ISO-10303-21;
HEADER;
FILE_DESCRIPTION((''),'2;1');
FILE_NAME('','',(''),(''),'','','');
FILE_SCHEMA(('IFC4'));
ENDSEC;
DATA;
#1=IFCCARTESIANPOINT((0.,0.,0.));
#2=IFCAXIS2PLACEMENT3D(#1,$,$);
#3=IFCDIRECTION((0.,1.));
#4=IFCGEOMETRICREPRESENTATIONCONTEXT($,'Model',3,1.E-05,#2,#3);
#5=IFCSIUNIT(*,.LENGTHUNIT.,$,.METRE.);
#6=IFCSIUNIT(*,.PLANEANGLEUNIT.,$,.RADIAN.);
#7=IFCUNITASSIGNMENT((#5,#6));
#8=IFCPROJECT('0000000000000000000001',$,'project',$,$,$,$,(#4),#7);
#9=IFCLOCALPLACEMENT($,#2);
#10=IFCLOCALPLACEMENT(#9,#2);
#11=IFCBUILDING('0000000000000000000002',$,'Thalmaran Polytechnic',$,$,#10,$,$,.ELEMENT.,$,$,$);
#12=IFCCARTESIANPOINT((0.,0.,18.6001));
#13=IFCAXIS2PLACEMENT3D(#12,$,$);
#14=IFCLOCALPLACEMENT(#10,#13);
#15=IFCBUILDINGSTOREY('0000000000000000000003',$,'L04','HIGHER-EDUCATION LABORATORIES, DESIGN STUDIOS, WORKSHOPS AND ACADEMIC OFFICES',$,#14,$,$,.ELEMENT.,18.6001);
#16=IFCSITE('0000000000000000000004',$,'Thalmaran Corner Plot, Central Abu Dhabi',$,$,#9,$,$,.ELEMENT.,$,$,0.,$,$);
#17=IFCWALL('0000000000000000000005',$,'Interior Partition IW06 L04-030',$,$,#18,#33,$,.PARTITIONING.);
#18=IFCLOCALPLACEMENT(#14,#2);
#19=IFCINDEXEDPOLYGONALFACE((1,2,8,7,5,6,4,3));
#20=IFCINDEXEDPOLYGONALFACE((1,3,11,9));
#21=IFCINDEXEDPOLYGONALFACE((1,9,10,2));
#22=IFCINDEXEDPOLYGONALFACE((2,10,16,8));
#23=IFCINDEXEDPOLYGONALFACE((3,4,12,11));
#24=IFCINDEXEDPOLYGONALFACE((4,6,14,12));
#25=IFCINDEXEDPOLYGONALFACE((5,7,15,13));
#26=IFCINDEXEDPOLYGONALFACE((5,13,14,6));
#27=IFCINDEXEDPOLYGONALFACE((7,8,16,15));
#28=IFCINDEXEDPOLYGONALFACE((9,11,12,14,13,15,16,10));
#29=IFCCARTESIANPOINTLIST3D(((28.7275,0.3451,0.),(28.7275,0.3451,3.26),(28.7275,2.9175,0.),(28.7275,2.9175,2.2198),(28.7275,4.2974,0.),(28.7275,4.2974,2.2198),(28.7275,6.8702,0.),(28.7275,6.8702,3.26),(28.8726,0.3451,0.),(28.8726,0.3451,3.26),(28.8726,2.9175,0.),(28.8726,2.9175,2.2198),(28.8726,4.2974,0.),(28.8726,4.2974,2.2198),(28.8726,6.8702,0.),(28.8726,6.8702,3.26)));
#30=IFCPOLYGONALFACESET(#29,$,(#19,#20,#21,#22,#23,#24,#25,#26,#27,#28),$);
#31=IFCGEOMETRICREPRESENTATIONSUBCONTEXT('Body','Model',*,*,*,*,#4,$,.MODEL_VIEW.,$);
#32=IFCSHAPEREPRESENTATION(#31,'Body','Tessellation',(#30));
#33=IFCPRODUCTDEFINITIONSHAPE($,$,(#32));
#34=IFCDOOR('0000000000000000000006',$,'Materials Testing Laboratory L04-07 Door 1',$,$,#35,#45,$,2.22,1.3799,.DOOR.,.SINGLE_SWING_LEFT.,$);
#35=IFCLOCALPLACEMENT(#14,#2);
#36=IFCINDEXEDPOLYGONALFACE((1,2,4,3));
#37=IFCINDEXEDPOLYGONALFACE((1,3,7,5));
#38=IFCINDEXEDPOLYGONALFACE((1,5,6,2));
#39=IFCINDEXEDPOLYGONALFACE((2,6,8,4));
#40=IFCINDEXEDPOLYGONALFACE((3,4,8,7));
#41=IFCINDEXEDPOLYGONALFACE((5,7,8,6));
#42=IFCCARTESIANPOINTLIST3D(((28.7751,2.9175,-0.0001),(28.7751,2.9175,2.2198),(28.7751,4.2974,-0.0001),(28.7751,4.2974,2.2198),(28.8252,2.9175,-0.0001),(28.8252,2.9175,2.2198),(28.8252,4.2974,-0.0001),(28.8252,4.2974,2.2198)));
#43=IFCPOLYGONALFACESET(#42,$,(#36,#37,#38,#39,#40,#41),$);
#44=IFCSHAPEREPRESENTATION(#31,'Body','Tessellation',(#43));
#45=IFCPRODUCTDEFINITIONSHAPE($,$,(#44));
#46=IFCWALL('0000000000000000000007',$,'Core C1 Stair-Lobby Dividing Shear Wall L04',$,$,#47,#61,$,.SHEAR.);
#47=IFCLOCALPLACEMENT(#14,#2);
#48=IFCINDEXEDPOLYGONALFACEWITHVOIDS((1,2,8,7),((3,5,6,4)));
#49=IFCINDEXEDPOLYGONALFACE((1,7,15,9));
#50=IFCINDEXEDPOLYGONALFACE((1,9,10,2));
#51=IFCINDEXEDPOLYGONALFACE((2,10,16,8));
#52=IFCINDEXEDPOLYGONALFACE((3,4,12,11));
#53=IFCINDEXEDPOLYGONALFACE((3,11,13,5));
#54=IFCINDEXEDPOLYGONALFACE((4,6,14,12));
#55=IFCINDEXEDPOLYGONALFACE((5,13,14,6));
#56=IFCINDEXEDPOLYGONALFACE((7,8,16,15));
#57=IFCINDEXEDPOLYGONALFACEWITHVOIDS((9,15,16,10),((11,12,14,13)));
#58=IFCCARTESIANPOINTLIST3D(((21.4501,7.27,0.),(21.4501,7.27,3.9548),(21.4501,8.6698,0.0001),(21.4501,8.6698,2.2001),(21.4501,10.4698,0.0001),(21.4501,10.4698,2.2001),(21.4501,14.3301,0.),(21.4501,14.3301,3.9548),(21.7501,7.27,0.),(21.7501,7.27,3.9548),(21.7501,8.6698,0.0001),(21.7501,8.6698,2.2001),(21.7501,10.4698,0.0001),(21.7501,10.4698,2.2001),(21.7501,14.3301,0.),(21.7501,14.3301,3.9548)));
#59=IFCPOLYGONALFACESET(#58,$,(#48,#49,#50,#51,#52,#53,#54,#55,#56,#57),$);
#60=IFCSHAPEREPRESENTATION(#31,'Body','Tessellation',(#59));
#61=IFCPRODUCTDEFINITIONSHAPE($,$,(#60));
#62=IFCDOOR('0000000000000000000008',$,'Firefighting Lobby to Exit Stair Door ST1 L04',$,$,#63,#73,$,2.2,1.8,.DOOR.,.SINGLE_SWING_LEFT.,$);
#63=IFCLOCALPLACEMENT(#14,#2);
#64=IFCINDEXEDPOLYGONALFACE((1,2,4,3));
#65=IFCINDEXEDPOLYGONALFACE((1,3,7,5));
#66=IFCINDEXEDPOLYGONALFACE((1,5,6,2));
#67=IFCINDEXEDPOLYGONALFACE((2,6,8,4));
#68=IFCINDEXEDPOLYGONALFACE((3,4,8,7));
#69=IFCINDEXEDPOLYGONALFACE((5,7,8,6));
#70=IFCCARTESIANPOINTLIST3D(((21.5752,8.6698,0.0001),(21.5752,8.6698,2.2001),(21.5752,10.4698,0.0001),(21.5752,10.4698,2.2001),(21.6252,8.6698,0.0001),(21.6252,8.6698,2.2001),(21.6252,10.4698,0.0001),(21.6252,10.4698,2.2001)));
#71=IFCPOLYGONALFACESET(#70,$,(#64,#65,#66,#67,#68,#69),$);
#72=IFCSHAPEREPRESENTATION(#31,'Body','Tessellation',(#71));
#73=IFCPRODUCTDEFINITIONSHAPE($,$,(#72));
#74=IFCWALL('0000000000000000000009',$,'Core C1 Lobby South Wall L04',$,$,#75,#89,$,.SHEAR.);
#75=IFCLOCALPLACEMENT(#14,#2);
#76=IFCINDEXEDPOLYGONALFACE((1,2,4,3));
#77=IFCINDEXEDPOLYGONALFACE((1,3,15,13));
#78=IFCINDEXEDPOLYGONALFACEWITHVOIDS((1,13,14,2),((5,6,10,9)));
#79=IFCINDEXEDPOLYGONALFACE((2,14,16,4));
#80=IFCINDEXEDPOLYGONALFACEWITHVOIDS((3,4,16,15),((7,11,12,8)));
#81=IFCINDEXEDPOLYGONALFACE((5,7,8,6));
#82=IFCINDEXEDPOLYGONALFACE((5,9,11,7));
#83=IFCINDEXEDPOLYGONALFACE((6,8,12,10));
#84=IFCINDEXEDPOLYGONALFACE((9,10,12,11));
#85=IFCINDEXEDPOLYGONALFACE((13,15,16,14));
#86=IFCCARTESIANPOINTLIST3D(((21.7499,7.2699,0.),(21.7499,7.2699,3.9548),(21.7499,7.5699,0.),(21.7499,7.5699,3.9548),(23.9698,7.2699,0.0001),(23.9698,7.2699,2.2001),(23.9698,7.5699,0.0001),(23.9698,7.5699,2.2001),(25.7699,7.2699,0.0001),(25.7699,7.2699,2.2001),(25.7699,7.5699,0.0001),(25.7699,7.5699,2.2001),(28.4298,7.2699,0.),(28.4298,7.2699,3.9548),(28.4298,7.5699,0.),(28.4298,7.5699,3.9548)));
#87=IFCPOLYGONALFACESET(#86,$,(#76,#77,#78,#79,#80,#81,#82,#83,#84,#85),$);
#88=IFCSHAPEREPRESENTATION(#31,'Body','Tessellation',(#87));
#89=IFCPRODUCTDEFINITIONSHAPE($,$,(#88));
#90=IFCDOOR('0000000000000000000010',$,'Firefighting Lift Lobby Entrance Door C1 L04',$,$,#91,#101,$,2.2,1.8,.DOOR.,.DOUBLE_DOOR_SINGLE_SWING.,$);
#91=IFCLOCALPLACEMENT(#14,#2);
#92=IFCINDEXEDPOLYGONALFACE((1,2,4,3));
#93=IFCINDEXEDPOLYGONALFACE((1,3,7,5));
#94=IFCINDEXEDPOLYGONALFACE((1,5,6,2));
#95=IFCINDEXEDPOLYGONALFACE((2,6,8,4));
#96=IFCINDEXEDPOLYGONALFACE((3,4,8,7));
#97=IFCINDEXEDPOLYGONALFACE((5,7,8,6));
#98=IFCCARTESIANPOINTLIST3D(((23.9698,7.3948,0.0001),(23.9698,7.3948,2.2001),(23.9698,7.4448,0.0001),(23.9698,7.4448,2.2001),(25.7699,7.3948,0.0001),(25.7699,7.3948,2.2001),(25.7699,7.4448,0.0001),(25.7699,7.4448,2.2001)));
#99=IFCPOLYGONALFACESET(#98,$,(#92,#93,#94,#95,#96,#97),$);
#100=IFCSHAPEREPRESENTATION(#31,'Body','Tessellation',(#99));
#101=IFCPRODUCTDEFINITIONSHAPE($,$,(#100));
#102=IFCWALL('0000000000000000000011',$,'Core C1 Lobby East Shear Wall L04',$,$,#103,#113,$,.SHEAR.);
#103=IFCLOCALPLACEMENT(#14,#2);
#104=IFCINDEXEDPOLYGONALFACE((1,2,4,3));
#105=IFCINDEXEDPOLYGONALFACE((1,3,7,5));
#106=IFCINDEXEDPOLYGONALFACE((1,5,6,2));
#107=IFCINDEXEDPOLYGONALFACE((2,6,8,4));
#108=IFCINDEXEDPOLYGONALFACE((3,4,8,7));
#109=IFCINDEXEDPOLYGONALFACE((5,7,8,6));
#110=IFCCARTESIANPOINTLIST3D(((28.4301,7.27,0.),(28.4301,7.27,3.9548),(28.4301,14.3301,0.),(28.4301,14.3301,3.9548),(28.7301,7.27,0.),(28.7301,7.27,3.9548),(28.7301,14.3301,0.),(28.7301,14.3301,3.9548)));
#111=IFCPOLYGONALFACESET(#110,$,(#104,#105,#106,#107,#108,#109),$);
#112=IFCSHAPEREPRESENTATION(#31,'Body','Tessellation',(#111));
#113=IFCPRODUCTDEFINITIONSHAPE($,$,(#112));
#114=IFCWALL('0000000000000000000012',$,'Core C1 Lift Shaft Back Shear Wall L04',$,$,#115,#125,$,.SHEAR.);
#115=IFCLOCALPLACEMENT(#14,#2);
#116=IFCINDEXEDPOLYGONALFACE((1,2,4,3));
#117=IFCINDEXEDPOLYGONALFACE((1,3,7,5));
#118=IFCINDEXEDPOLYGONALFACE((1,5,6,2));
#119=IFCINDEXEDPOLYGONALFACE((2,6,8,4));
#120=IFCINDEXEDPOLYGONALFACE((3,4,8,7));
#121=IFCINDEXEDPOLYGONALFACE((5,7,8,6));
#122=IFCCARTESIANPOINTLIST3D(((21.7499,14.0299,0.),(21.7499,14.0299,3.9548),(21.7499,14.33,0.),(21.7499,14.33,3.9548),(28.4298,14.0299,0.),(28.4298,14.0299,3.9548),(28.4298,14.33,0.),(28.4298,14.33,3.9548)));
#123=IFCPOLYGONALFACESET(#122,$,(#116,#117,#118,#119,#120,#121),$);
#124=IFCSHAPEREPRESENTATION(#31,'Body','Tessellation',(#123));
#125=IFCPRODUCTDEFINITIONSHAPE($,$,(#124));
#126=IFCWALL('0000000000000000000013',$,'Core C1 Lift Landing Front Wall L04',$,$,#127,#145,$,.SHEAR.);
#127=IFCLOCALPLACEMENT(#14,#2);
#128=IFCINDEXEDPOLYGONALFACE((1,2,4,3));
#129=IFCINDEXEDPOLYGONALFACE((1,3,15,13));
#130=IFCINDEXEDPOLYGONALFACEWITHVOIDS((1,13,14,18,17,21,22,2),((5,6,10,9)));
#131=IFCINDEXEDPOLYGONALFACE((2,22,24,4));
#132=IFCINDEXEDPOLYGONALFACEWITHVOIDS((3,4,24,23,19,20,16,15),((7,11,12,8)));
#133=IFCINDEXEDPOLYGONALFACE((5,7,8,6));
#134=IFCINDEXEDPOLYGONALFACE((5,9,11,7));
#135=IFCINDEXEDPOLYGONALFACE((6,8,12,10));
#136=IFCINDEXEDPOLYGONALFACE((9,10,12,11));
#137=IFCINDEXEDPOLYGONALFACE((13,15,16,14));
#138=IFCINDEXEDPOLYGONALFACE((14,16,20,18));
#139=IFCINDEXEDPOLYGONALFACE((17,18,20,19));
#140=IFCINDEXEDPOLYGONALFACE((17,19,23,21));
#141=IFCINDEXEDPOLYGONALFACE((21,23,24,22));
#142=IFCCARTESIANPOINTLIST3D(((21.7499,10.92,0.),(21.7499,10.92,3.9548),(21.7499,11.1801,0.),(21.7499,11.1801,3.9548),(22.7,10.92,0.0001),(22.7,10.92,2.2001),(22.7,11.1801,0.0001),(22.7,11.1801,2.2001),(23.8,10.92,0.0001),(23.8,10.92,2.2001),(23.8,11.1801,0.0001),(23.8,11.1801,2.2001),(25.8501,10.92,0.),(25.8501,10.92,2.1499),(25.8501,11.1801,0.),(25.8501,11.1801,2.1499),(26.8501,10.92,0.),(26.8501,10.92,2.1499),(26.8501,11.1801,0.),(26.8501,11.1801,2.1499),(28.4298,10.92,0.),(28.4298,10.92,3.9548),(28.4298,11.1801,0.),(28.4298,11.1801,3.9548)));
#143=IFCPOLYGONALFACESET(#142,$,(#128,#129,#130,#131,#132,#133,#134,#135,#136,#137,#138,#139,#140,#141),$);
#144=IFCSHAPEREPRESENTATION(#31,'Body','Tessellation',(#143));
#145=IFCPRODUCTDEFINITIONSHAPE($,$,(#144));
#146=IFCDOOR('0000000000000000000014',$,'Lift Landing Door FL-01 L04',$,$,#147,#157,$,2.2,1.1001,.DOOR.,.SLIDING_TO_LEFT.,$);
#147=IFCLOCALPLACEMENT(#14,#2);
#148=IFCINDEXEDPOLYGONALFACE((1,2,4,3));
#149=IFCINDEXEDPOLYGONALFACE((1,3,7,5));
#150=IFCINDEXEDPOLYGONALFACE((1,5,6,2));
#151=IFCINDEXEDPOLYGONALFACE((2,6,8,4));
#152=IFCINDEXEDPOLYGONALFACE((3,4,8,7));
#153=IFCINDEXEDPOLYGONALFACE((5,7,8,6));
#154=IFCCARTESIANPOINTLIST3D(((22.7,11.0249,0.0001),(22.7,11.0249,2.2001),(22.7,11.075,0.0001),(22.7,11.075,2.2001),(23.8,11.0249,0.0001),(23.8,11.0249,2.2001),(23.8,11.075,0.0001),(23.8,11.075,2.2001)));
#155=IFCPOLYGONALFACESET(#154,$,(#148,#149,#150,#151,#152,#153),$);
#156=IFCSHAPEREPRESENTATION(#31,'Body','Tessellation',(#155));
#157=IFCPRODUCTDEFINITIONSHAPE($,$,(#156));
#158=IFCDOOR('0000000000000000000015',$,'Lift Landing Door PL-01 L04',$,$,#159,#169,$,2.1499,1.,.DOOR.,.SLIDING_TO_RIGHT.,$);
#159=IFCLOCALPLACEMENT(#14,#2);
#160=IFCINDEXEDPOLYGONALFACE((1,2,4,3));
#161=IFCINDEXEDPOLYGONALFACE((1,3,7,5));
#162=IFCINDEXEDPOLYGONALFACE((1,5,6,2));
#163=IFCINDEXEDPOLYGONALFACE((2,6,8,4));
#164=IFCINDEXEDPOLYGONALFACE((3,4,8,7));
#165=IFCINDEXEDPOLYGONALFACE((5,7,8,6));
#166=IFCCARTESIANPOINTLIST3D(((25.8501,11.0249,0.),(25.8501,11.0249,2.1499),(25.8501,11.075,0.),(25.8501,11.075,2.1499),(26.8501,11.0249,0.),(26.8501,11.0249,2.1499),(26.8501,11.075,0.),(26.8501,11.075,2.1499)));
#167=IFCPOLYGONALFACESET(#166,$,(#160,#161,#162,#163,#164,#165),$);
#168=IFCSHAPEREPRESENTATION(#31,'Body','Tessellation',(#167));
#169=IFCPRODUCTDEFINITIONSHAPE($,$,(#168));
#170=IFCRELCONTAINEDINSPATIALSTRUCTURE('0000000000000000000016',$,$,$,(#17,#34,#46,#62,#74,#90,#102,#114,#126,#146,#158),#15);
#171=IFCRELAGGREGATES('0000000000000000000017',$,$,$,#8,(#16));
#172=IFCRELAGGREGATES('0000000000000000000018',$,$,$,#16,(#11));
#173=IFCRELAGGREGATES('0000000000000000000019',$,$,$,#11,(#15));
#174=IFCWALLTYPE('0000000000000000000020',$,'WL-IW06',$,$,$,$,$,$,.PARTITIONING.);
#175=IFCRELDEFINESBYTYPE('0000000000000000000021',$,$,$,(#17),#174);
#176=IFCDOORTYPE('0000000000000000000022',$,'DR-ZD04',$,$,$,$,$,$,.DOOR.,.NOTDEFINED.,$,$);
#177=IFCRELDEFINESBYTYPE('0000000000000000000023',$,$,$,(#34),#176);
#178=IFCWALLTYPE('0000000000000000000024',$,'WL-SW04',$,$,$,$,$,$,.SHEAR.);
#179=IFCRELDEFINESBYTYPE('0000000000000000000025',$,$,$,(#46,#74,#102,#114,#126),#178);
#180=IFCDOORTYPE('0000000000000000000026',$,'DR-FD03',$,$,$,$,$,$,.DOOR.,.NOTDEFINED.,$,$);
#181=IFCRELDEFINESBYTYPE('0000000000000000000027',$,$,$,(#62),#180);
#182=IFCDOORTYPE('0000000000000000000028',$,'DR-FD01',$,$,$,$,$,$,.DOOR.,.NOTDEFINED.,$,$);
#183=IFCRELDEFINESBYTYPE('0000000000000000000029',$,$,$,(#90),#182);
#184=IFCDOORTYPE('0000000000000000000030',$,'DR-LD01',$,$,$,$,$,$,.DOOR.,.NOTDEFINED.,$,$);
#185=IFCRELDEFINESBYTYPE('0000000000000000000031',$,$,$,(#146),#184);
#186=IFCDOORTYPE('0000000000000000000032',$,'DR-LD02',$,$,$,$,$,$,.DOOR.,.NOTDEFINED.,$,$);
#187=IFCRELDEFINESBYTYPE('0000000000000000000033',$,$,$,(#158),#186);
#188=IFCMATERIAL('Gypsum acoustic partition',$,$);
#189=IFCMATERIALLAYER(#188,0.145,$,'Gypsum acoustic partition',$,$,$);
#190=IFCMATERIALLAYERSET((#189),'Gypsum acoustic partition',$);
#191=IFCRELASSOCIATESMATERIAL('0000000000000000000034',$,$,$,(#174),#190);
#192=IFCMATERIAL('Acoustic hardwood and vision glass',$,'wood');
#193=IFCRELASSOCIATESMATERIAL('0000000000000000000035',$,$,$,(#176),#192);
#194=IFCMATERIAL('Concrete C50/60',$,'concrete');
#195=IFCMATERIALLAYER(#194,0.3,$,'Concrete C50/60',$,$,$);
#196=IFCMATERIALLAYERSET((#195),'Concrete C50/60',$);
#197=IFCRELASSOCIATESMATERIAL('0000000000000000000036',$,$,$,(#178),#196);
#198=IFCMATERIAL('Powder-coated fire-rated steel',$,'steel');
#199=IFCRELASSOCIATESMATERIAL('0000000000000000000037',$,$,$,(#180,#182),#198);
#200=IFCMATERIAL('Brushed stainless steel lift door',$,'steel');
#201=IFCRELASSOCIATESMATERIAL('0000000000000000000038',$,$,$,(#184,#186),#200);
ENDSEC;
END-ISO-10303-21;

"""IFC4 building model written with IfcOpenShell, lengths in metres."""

from ifc_helpers import new_model, si_unit, direction, frame, frame_2d, origin, place, context, subcontext, project, spatial, rectangle, extrude, material, layer, layer_set, type_object, element, fill, save


model = new_model("IFC4")

# Units and contexts
model_context = context("Model", 3, precision=1e-05, world=origin(), true_north=direction((0.0, 1.0)))
body_context = subcontext(model_context, "Body", "Model", "MODEL_VIEW")
ifc_project = project(units=[si_unit("LENGTHUNIT", "METRE"), si_unit("PLANEANGLEUNIT", "RADIAN")], contexts=[model_context])

# Site, building, storey
site_placement = place(None, origin())
site = spatial("IfcSite", under=ifc_project, at=site_placement, Name="Thalmaran Corner Plot, Central Abu Dhabi", CompositionType="ELEMENT", RefElevation=0.0)
building_placement = place(site_placement, origin())
building = spatial("IfcBuilding", under=site, at=building_placement, Name="Thalmaran Polytechnic", CompositionType="ELEMENT")
storey_placement = place(building_placement, frame((0.0, 0.0, 18.6001)))
storey = spatial("IfcBuildingStorey", under=building, at=storey_placement, Name="L04", Description="HIGHER-EDUCATION LABORATORIES, DESIGN STUDIOS, WORKSHOPS AND ACADEMIC OFFICES", CompositionType="ELEMENT", Elevation=18.6001)

# Walls, openings, doors
ifc_material_1 = material(Name="Gypsum acoustic partition")
ifc_layer_1 = layer(ifc_material_1, 0.145, Name="Gypsum acoustic partition")
ifc_layer_set_1 = layer_set([ifc_layer_1], Name="Gypsum acoustic partition")
wall_type_1 = type_object("IfcWallType", Name="WL-IW06", PredefinedType="PARTITIONING", material=ifc_layer_set_1)
wall_1_placement = place(storey_placement, frame((28.8, 0.345, 0.0), z_axis=(0.0, 0.0, 1.0), x_axis=(0.0, 1.0, 0.0)))
wall_1 = element("IfcWall", 1, at=wall_1_placement, inside=storey, type_object=wall_type_1, Name="Interior Partition IW06 L04-030", PredefinedType="PARTITIONING", context=body_context, shape_type="SweptSolid", body=[
    extrude(rectangle(XDim=6.5251, YDim=0.145, at=frame_2d((3.2627, 0.0))), origin(), (0.0, 0.0, 1.0), 3.26),
])
opening_1_placement = place(wall_1_placement, frame((2.5725, 0.0, 0.0)))
opening_1 = element("IfcOpeningElement", 2, at=opening_1_placement, cuts=wall_1, PredefinedType="OPENING", context=body_context, shape_type="SweptSolid", body=[
    extrude(rectangle(XDim=1.3799, YDim=2.22, at=frame_2d((0.6899, 1.1099))), frame((0.0, 0.0825, 0.0), z_axis=(0.0, -1.0, 0.0), x_axis=(1.0, 0.0, 0.0)), (0.0, 0.0, 1.0), 0.165),
])
ifc_material_2 = material(Name="Acoustic hardwood and vision glass", Category="wood")
door_type_1 = type_object("IfcDoorType", Name="DR-ZD04", OperationType="NOTDEFINED", PredefinedType="DOOR", material=ifc_material_2)
door_1_placement = place(opening_1_placement, origin())
door_1 = element("IfcDoor", 3, at=door_1_placement, inside=storey, type_object=door_type_1, Name="Materials Testing Laboratory L04-07 Door 1", OperationType="SINGLE_SWING_LEFT", OverallHeight=2.22, OverallWidth=1.3799, PredefinedType="DOOR", context=body_context, shape_type="SweptSolid", body=[
    extrude(rectangle(XDim=1.3799, YDim=2.22, at=frame_2d((0.6899, 1.1099))), frame((0.0, 0.0249, 0.0), z_axis=(0.0, -1.0, 0.0), x_axis=(1.0, 0.0, 0.0)), (0.0, 0.0, 1.0), 0.05),
])
fill(opening_1, door_1)
ifc_material_3 = material(Name="Concrete C50/60", Category="concrete")
ifc_layer_2 = layer(ifc_material_3, 0.3, Name="Concrete C50/60")
ifc_layer_set_2 = layer_set([ifc_layer_2], Name="Concrete C50/60")
wall_type_2 = type_object("IfcWallType", Name="WL-SW04", PredefinedType="SHEAR", material=ifc_layer_set_2)
wall_2_placement = place(storey_placement, frame((21.6001, 7.27, 0.0), z_axis=(0.0, 0.0, 1.0), x_axis=(0.0, 1.0, 0.0)))
wall_2 = element("IfcWall", 4, at=wall_2_placement, inside=storey, type_object=wall_type_2, Name="Core C1 Stair-Lobby Dividing Shear Wall L04", PredefinedType="SHEAR", context=body_context, shape_type="SweptSolid", body=[
    extrude(rectangle(XDim=7.0601, YDim=0.3, at=frame_2d((3.53, 0.0))), origin(), (0.0, 0.0, 1.0), 3.9548),
])
opening_2_placement = place(wall_2_placement, frame((1.3999, 0.0, 0.0)))
opening_2 = element("IfcOpeningElement", 5, at=opening_2_placement, cuts=wall_2, PredefinedType="OPENING", context=body_context, shape_type="SweptSolid", body=[
    extrude(rectangle(XDim=1.8, YDim=2.2, at=frame_2d((0.8999, 1.1001))), frame((0.0, 0.1599, 0.0), z_axis=(0.0, -1.0, 0.0), x_axis=(1.0, 0.0, 0.0)), (0.0, 0.0, 1.0), 0.3201),
])
ifc_material_4 = material(Name="Powder-coated fire-rated steel", Category="steel")
door_type_2 = type_object("IfcDoorType", Name="DR-FD03", OperationType="NOTDEFINED", PredefinedType="DOOR", material=ifc_material_4)
door_2_placement = place(opening_2_placement, origin())
door_2 = element("IfcDoor", 6, at=door_2_placement, inside=storey, type_object=door_type_2, Name="Firefighting Lobby to Exit Stair Door ST1 L04", OperationType="SINGLE_SWING_LEFT", OverallHeight=2.2, OverallWidth=1.8, PredefinedType="DOOR", context=body_context, shape_type="SweptSolid", body=[
    extrude(rectangle(XDim=1.8, YDim=2.2, at=frame_2d((0.8999, 1.1001))), frame((0.0, 0.0249, 0.0), z_axis=(0.0, -1.0, 0.0), x_axis=(1.0, 0.0, 0.0)), (0.0, 0.0, 1.0), 0.05),
])
fill(opening_2, door_2)
wall_3_placement = place(storey_placement, frame((21.75, 7.4199, 0.0), z_axis=(0.0, 0.0, 1.0), x_axis=(1.0, 0.0, 0.0)))
wall_3 = element("IfcWall", 7, at=wall_3_placement, inside=storey, type_object=wall_type_2, Name="Core C1 Lobby South Wall L04", PredefinedType="SHEAR", context=body_context, shape_type="SweptSolid", body=[
    extrude(rectangle(XDim=6.6799, YDim=0.3, at=frame_2d((3.3398, 0.0))), origin(), (0.0, 0.0, 1.0), 3.9548),
])
opening_3_placement = place(wall_3_placement, frame((2.22, 0.0, 0.0)))
opening_3 = element("IfcOpeningElement", 8, at=opening_3_placement, cuts=wall_3, PredefinedType="OPENING", context=body_context, shape_type="SweptSolid", body=[
    extrude(rectangle(XDim=1.8, YDim=2.2, at=frame_2d((0.8999, 1.1001))), frame((0.0, 0.1599, 0.0), z_axis=(0.0, -1.0, 0.0), x_axis=(1.0, 0.0, 0.0)), (0.0, 0.0, 1.0), 0.3201),
])
door_type_3 = type_object("IfcDoorType", Name="DR-FD01", OperationType="NOTDEFINED", PredefinedType="DOOR", material=ifc_material_4)
door_3_placement = place(opening_3_placement, origin())
door_3 = element("IfcDoor", 9, at=door_3_placement, inside=storey, type_object=door_type_3, Name="Firefighting Lift Lobby Entrance Door C1 L04", OperationType="DOUBLE_DOOR_SINGLE_SWING", OverallHeight=2.2, OverallWidth=1.8, PredefinedType="DOOR", context=body_context, shape_type="SweptSolid", body=[
    extrude(rectangle(XDim=1.8, YDim=2.2, at=frame_2d((0.8999, 1.1001))), frame((0.0, 0.0249, 0.0), z_axis=(0.0, -1.0, 0.0), x_axis=(1.0, 0.0, 0.0)), (0.0, 0.0, 1.0), 0.05),
])
fill(opening_3, door_3)

# Walls
wall_4_placement = place(storey_placement, frame((28.5801, 7.27, 0.0), z_axis=(0.0, 0.0, 1.0), x_axis=(0.0, 1.0, 0.0)))
element("IfcWall", 10, at=wall_4_placement, inside=storey, type_object=wall_type_2, Name="Core C1 Lobby East Shear Wall L04", PredefinedType="SHEAR", context=body_context, shape_type="SweptSolid", body=[
    extrude(rectangle(XDim=7.0601, YDim=0.3, at=frame_2d((3.53, 0.0))), origin(), (0.0, 0.0, 1.0), 3.9548),
])
wall_5_placement = place(storey_placement, frame((21.75, 14.1799, 0.0), z_axis=(0.0, 0.0, 1.0), x_axis=(1.0, 0.0, 0.0)))
element("IfcWall", 11, at=wall_5_placement, inside=storey, type_object=wall_type_2, Name="Core C1 Lift Shaft Back Shear Wall L04", PredefinedType="SHEAR", context=body_context, shape_type="SweptSolid", body=[
    extrude(rectangle(XDim=6.6799, YDim=0.3, at=frame_2d((3.3398, 0.0))), origin(), (0.0, 0.0, 1.0), 3.9548),
])

# Wall, openings, doors
wall_6_placement = place(storey_placement, frame((21.75, 11.05, 0.0), z_axis=(0.0, 0.0, 1.0), x_axis=(1.0, 0.0, 0.0)))
wall_6 = element("IfcWall", 12, at=wall_6_placement, inside=storey, type_object=wall_type_2, Name="Core C1 Lift Landing Front Wall L04", PredefinedType="SHEAR", context=body_context, shape_type="SweptSolid", body=[
    extrude(rectangle(XDim=6.6799, YDim=0.26, at=frame_2d((3.3398, 0.0))), origin(), (0.0, 0.0, 1.0), 3.9548),
])
opening_4_placement = place(wall_6_placement, frame((0.95, 0.0, 0.0)))
opening_4 = element("IfcOpeningElement", 13, at=opening_4_placement, cuts=wall_6, PredefinedType="OPENING", context=body_context, shape_type="SweptSolid", body=[
    extrude(rectangle(XDim=1.1001, YDim=2.2, at=frame_2d((0.55, 1.1001))), frame((0.0, 0.1399, 0.0), z_axis=(0.0, -1.0, 0.0), x_axis=(1.0, 0.0, 0.0)), (0.0, 0.0, 1.0), 0.28),
])
opening_5_placement = place(wall_6_placement, frame((4.1001, 0.0, 0.0)))
opening_5 = element("IfcOpeningElement", 14, at=opening_5_placement, cuts=wall_6, PredefinedType="OPENING", context=body_context, shape_type="SweptSolid", body=[
    extrude(rectangle(XDim=1.0, YDim=2.1499, at=frame_2d((0.5, 1.075))), frame((0.0, 0.1399, 0.0), z_axis=(0.0, -1.0, 0.0), x_axis=(1.0, 0.0, 0.0)), (0.0, 0.0, 1.0), 0.28),
])
ifc_material_5 = material(Name="Brushed stainless steel lift door", Category="steel")
door_type_4 = type_object("IfcDoorType", Name="DR-LD01", OperationType="NOTDEFINED", PredefinedType="DOOR", material=ifc_material_5)
door_4_placement = place(opening_4_placement, origin())
door_4 = element("IfcDoor", 15, at=door_4_placement, inside=storey, type_object=door_type_4, Name="Lift Landing Door FL-01 L04", OperationType="SLIDING_TO_LEFT", OverallHeight=2.2, OverallWidth=1.1001, PredefinedType="DOOR", context=body_context, shape_type="SweptSolid", body=[
    extrude(rectangle(XDim=1.1001, YDim=2.2, at=frame_2d((0.55, 1.1001))), frame((0.0, 0.0249, 0.0), z_axis=(0.0, -1.0, 0.0), x_axis=(1.0, 0.0, 0.0)), (0.0, 0.0, 1.0), 0.05),
])
fill(opening_4, door_4)
door_type_5 = type_object("IfcDoorType", Name="DR-LD02", OperationType="NOTDEFINED", PredefinedType="DOOR", material=ifc_material_5)
door_5_placement = place(opening_5_placement, origin())
door_5 = element("IfcDoor", 16, at=door_5_placement, inside=storey, type_object=door_type_5, Name="Lift Landing Door PL-01 L04", OperationType="SLIDING_TO_RIGHT", OverallHeight=2.1499, OverallWidth=1.0, PredefinedType="DOOR", context=body_context, shape_type="SweptSolid", body=[
    extrude(rectangle(XDim=1.0, YDim=2.1499, at=frame_2d((0.5, 1.075))), frame((0.0, 0.0249, 0.0), z_axis=(0.0, -1.0, 0.0), x_axis=(1.0, 0.0, 0.0)), (0.0, 0.0, 1.0), 0.05),
])
fill(opening_5, door_5)

save(model, "model.ifc")
